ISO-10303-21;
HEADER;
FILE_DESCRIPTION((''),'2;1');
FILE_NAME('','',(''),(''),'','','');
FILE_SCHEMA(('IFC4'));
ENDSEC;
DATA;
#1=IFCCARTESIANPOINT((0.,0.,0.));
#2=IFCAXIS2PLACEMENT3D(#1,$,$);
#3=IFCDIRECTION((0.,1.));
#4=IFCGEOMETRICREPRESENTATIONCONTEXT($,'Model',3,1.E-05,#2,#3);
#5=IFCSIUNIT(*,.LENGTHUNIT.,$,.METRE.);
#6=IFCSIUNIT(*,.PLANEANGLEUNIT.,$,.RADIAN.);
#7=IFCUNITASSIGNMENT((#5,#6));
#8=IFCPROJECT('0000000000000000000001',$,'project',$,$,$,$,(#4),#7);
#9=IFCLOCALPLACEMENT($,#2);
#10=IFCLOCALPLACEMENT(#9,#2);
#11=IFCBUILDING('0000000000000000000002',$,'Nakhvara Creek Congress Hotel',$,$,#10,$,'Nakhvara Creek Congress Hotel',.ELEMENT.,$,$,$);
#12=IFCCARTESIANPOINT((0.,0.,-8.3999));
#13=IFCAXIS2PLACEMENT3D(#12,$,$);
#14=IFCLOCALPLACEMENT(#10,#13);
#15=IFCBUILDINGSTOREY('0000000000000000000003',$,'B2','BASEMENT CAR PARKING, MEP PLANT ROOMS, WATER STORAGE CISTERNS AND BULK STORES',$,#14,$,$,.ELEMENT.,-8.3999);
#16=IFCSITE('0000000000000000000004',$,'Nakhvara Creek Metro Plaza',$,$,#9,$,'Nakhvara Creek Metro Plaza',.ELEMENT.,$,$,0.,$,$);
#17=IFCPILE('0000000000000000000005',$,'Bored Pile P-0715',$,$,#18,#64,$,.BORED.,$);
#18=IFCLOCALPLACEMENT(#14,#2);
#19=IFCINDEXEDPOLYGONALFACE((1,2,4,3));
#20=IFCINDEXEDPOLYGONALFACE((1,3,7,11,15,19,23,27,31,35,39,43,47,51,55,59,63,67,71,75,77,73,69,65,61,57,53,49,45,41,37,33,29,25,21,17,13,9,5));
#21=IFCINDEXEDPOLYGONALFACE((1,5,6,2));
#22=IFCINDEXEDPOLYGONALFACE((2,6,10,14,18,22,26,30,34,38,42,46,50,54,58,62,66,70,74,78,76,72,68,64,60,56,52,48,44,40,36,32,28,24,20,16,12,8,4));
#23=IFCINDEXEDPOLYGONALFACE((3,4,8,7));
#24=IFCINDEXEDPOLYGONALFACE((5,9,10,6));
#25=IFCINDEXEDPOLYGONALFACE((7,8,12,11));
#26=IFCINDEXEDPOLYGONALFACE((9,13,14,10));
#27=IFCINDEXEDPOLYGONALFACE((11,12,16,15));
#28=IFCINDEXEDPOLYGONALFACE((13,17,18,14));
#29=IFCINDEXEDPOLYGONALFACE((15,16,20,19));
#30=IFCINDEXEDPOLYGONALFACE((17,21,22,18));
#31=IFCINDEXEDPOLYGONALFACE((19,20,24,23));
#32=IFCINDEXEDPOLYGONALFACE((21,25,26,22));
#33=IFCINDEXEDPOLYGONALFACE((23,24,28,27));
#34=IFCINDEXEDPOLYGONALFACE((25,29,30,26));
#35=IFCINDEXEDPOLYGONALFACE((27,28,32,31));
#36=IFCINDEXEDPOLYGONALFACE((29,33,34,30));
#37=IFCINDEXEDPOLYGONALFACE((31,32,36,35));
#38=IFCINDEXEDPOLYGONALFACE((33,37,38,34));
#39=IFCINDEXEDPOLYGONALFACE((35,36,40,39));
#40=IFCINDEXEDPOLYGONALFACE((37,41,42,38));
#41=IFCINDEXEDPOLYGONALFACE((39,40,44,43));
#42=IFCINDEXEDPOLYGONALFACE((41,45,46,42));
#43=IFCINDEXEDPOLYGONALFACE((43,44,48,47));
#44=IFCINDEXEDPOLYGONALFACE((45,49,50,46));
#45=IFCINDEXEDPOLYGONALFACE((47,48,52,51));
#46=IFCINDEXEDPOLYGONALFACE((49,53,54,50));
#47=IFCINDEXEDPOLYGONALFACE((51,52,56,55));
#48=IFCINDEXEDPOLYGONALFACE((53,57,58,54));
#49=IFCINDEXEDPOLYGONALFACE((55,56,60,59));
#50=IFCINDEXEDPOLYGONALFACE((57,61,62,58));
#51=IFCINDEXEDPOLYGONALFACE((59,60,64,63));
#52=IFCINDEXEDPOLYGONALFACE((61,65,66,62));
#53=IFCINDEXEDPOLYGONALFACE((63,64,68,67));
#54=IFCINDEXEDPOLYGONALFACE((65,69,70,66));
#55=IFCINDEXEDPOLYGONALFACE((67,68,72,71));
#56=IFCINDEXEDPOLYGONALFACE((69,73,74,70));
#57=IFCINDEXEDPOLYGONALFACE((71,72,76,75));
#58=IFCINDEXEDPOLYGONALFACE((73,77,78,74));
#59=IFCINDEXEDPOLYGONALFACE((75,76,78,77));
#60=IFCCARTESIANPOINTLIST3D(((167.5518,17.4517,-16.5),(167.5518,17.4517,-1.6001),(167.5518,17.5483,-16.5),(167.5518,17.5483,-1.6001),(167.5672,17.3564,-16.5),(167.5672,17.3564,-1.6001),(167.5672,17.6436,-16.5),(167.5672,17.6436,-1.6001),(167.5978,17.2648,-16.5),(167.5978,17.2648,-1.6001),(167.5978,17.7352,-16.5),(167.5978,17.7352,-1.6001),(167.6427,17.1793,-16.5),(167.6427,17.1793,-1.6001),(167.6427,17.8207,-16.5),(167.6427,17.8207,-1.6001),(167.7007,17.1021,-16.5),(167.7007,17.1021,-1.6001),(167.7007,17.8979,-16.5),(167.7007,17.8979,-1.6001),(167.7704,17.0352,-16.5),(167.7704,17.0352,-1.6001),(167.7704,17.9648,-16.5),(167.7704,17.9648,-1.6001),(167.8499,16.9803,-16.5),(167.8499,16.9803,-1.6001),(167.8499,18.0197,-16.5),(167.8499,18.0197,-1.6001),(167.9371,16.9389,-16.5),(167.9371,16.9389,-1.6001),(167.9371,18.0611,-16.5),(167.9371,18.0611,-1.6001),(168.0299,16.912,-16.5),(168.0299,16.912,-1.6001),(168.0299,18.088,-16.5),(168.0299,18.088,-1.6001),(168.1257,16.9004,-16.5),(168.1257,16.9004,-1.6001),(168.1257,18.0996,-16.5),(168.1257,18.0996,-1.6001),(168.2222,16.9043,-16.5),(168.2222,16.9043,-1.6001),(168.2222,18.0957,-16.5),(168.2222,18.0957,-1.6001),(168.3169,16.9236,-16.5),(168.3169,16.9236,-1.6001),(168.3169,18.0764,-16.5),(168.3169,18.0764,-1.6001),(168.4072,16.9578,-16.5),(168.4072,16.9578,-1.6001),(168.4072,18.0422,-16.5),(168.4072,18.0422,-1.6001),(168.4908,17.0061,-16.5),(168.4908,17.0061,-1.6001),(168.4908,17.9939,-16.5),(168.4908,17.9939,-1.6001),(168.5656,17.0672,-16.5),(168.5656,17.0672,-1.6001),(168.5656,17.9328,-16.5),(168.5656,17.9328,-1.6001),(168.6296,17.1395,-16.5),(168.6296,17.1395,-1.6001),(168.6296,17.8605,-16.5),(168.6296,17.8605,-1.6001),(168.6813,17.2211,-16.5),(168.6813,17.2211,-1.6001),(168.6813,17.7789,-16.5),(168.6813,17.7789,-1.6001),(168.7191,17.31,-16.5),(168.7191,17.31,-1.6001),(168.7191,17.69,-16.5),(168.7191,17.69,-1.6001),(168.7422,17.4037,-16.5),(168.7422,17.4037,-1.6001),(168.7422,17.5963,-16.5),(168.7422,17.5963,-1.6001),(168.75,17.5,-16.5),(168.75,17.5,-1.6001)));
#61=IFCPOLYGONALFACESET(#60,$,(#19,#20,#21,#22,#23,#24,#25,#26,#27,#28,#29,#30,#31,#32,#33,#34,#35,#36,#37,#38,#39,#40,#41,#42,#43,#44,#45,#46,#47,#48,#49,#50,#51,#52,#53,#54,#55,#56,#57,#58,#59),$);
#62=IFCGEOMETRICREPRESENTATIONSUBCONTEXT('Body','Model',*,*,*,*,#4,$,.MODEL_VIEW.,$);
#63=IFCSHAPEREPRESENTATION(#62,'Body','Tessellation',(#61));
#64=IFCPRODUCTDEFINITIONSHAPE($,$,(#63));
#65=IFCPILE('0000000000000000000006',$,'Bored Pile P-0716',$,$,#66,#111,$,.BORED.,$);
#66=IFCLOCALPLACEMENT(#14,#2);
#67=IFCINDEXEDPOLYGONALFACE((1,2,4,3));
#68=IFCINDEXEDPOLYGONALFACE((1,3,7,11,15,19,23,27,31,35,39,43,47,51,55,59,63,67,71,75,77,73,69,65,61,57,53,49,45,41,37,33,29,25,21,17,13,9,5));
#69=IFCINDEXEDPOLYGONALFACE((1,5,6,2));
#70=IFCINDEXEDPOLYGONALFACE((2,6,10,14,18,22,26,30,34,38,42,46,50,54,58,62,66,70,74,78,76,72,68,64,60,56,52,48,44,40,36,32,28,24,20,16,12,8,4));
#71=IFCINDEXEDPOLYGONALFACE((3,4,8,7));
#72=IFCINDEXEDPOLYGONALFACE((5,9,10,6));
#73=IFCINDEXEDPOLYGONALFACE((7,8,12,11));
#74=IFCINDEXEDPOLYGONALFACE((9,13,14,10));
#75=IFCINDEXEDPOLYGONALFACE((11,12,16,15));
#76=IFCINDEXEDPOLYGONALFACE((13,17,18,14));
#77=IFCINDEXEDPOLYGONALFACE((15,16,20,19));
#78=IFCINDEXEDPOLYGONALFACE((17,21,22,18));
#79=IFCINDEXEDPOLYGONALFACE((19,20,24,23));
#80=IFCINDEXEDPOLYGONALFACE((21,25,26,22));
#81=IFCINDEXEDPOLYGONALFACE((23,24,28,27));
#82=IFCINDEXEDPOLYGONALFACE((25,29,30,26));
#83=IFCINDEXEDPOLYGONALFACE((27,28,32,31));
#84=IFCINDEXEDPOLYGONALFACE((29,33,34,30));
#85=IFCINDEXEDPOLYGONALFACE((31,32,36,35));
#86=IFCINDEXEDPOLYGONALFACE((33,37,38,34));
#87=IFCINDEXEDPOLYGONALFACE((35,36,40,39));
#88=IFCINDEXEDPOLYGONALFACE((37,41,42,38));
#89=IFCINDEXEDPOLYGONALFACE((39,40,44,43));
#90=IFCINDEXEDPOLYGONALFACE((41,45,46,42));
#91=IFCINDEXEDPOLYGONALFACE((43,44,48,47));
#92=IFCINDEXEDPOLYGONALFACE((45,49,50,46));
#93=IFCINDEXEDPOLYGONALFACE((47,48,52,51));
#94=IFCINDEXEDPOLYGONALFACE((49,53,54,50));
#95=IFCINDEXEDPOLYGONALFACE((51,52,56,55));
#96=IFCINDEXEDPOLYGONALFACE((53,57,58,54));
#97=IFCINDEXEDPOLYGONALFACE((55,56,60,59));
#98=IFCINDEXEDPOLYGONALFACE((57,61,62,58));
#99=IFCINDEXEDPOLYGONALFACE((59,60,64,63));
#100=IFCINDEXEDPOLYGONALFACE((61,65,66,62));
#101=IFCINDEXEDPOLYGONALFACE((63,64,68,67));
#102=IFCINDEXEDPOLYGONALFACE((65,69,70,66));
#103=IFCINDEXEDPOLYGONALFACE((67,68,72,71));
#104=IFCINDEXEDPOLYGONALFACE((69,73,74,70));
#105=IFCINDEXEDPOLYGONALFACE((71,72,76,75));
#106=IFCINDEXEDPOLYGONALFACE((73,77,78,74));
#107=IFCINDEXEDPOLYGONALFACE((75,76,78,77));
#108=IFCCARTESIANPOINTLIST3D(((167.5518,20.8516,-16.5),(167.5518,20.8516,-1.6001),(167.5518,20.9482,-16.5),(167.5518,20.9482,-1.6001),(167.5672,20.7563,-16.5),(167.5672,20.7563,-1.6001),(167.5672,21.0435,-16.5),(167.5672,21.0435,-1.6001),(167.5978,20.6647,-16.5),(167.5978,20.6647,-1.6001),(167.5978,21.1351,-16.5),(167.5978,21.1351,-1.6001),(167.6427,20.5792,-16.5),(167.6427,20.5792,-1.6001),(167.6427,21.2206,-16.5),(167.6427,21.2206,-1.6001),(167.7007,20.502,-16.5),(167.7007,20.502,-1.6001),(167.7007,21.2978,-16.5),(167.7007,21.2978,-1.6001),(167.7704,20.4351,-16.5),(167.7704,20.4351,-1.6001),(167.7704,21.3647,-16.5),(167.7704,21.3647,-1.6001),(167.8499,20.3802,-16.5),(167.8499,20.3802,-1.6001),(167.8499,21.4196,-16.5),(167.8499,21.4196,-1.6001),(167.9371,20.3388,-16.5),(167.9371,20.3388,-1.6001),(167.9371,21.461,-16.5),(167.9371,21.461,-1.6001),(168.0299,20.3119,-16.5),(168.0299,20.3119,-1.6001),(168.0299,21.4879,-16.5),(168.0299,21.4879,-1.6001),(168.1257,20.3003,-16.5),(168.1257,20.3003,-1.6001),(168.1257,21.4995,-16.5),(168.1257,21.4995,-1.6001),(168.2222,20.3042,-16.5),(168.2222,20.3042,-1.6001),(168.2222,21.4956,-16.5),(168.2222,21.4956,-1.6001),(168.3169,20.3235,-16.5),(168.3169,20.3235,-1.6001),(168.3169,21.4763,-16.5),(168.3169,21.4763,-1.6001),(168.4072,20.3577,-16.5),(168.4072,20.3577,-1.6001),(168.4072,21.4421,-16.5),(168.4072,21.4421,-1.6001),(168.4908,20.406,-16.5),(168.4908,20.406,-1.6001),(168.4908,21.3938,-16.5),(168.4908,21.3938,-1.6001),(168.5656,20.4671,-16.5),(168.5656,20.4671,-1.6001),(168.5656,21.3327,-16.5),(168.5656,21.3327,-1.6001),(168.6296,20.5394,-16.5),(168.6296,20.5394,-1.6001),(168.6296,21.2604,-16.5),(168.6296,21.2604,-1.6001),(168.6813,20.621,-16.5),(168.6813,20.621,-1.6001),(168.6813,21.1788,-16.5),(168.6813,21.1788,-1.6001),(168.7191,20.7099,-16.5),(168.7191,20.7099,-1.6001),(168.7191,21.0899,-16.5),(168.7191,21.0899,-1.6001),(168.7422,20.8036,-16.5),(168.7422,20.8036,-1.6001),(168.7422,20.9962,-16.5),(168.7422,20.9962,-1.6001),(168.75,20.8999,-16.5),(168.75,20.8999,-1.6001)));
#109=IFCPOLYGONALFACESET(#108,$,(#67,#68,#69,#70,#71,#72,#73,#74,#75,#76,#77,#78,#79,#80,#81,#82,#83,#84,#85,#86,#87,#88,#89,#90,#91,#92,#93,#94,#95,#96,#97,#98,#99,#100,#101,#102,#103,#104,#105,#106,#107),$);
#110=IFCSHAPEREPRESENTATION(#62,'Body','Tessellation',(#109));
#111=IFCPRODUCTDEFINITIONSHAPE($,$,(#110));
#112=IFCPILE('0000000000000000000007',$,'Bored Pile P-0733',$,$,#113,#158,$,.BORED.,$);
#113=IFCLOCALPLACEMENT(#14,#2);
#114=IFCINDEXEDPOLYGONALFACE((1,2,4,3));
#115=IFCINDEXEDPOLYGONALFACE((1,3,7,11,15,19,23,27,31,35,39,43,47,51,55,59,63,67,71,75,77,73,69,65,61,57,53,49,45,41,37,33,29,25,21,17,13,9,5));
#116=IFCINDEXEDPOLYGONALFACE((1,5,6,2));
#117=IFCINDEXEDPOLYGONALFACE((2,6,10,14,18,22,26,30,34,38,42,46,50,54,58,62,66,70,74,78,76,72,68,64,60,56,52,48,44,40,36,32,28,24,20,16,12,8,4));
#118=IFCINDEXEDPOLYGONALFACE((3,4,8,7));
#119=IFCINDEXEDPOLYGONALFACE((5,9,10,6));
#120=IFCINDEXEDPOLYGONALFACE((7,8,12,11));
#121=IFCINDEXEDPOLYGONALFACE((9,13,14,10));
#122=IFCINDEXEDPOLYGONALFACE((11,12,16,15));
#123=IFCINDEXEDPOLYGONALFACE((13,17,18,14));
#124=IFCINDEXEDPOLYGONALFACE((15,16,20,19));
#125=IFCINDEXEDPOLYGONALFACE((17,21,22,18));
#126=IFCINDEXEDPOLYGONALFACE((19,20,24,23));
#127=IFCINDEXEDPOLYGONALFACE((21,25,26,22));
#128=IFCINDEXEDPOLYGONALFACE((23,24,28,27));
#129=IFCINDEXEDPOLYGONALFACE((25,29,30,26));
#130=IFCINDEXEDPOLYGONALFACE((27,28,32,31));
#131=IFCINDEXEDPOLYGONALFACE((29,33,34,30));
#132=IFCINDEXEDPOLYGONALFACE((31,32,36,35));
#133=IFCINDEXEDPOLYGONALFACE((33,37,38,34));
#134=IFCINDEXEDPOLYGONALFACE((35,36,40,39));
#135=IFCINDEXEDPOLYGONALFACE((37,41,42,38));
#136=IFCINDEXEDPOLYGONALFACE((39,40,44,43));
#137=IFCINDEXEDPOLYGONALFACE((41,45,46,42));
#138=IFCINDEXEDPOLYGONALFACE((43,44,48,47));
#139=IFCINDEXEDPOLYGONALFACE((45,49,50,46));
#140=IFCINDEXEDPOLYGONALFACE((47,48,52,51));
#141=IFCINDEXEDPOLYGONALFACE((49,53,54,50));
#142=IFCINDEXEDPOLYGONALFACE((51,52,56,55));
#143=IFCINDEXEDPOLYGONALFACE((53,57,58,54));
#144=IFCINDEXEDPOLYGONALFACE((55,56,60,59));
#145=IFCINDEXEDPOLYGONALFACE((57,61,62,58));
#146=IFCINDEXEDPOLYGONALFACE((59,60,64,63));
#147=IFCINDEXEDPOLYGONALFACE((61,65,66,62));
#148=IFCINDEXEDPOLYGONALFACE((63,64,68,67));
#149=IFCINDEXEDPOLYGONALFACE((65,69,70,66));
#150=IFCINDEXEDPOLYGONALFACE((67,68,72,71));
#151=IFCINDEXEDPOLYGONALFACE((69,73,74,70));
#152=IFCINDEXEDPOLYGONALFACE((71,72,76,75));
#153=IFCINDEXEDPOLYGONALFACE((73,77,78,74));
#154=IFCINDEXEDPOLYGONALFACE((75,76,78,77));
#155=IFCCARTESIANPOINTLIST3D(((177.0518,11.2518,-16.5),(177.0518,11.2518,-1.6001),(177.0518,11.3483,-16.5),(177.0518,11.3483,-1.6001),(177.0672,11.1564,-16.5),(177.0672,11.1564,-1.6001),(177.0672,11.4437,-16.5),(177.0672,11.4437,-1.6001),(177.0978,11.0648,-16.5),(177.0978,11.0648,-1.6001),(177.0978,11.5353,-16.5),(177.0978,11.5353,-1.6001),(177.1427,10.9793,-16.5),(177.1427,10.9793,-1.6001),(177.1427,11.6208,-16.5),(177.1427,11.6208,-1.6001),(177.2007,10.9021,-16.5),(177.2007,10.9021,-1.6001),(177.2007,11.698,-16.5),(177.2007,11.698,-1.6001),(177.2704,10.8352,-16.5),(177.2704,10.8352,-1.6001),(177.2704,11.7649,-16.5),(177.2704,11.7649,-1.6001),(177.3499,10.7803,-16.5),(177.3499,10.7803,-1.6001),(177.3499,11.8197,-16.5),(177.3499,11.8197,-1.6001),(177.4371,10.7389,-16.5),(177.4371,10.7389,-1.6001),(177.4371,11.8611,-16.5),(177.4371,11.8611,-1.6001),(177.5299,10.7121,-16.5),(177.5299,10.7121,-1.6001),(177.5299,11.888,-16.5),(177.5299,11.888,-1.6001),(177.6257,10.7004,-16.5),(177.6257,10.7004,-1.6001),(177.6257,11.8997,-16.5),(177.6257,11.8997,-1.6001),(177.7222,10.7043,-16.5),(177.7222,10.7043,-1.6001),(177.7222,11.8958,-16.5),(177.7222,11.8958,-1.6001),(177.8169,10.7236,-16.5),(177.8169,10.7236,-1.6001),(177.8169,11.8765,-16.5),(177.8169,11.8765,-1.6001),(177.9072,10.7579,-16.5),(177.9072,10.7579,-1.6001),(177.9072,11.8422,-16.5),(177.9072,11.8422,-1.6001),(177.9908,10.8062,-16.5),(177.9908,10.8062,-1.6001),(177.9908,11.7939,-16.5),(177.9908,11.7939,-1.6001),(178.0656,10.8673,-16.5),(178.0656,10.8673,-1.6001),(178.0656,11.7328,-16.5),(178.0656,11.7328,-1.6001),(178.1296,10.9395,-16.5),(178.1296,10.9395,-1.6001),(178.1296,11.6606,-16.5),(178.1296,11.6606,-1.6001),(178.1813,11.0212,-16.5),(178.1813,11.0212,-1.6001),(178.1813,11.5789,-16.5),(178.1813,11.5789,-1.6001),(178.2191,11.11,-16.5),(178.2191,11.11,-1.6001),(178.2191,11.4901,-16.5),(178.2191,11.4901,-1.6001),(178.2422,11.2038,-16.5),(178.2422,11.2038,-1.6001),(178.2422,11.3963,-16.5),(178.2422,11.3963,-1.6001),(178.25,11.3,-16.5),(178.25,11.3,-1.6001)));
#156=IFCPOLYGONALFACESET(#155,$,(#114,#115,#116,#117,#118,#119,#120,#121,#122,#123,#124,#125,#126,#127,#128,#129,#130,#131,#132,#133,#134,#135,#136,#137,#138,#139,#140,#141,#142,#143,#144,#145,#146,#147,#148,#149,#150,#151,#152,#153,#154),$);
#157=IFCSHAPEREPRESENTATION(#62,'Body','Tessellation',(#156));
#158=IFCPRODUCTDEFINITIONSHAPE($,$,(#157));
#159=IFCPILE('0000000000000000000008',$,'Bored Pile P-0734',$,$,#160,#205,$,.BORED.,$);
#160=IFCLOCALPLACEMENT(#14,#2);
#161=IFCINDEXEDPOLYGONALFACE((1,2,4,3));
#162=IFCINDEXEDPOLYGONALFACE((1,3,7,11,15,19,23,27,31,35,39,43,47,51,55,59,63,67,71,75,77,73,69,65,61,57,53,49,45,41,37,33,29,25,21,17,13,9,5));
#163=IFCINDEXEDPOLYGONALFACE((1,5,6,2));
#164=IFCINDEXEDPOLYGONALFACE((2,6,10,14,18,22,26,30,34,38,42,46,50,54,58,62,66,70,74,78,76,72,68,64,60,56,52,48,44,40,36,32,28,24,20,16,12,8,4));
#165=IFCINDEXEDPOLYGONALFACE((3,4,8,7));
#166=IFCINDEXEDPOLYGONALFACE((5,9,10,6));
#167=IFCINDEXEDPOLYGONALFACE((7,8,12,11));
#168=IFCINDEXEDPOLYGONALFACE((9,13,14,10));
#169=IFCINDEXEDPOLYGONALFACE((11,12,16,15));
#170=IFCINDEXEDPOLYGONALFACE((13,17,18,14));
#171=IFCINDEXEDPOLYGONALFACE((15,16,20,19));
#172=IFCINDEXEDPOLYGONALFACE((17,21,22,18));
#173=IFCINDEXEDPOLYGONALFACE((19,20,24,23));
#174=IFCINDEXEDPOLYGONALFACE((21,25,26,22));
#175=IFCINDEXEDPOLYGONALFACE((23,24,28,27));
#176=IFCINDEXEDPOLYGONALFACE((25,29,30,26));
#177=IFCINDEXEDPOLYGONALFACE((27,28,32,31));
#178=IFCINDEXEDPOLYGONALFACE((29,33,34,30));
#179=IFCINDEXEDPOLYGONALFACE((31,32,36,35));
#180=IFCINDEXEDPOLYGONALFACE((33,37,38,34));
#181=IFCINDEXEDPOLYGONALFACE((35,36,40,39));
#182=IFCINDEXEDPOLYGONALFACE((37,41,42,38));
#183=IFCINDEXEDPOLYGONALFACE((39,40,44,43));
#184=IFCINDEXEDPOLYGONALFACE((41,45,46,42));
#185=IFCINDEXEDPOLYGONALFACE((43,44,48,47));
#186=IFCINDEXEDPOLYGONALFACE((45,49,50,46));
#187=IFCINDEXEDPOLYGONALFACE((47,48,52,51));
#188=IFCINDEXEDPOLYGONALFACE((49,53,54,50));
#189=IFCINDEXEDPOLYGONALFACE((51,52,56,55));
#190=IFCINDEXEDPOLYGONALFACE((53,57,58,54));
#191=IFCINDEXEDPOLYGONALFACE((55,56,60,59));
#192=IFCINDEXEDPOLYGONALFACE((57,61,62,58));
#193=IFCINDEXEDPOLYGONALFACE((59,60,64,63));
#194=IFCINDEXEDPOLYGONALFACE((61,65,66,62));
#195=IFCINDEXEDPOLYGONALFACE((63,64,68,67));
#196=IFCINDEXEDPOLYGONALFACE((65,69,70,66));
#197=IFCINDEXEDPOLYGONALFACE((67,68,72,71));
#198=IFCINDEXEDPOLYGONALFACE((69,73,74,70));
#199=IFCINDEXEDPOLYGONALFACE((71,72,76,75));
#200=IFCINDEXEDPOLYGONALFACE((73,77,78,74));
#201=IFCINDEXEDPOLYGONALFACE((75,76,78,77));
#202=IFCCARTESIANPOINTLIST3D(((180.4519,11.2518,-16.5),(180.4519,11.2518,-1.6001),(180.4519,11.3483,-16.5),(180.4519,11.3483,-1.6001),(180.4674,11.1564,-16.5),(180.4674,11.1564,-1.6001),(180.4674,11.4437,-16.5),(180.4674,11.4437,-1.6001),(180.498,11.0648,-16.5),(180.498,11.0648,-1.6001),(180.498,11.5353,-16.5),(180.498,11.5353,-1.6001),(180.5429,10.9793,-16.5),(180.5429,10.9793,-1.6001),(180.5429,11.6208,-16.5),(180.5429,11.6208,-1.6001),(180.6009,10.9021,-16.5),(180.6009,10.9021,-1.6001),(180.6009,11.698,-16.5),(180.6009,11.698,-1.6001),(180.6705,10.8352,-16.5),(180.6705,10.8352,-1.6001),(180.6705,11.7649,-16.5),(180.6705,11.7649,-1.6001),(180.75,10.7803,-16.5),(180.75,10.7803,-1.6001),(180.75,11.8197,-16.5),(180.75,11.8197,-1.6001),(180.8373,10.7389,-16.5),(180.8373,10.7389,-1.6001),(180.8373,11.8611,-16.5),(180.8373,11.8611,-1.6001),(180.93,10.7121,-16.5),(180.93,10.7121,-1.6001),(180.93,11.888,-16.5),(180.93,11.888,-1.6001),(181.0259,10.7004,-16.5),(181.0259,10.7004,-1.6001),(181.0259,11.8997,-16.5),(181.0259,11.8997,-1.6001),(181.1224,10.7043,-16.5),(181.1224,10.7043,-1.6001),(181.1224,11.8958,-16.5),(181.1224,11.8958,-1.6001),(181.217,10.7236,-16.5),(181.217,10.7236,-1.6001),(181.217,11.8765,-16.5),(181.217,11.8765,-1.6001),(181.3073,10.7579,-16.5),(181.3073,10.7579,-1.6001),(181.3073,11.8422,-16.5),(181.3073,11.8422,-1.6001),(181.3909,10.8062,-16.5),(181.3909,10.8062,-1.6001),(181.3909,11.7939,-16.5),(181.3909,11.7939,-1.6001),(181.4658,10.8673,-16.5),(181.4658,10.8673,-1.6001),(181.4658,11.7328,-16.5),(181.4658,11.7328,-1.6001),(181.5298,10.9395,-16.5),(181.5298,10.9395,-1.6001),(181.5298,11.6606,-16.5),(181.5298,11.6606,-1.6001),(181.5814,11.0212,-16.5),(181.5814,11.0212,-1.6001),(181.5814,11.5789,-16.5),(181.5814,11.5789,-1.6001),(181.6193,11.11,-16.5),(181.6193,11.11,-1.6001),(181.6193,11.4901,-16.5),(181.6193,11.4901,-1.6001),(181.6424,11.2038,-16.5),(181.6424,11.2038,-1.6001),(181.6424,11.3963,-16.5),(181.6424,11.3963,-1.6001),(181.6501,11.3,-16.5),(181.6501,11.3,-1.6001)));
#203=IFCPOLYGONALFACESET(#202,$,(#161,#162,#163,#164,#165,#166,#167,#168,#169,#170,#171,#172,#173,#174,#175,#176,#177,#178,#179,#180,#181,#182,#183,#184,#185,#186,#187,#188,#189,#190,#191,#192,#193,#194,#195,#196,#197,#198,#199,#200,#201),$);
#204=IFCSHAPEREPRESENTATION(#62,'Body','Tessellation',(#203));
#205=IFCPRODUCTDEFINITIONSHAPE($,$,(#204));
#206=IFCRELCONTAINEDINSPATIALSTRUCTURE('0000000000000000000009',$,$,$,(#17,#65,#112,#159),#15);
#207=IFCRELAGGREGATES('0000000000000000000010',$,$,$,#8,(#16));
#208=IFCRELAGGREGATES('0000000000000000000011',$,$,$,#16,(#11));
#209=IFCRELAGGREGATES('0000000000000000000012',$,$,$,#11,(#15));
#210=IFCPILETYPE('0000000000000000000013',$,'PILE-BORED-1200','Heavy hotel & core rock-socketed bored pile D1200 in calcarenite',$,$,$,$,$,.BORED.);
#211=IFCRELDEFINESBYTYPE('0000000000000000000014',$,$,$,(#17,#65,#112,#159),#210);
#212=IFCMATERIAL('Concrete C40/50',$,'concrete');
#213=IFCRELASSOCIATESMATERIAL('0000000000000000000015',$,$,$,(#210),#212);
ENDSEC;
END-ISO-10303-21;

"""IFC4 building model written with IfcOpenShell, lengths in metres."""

from ifc_helpers import new_model, si_unit, direction, frame, origin, origin_2d, place, context, subcontext, project, spatial, circle, extrude, material, material_profile, profile_set, type_object, element, save


model = new_model("IFC4")

# Units and contexts
model_context = context("Model", 3, precision=1e-05, world=origin(), true_north=direction((0.0, 1.0)))
body_context = subcontext(model_context, "Body", "Model", "MODEL_VIEW")
ifc_project = project(units=[si_unit("LENGTHUNIT", "METRE"), si_unit("PLANEANGLEUNIT", "RADIAN")], contexts=[model_context])

# Site, building, storey
site_placement = place(None, origin())
site = spatial("IfcSite", under=ifc_project, at=site_placement, Name="Nakhvara Creek Metro Plaza", LongName="Nakhvara Creek Metro Plaza", CompositionType="ELEMENT", RefElevation=0.0)
building_placement = place(site_placement, origin())
building = spatial("IfcBuilding", under=site, at=building_placement, Name="Nakhvara Creek Congress Hotel", LongName="Nakhvara Creek Congress Hotel", CompositionType="ELEMENT")
storey_placement = place(building_placement, frame((0.0, 0.0, -8.3999)))
storey = spatial("IfcBuildingStorey", under=building, at=storey_placement, Name="B2", Description="BASEMENT CAR PARKING, MEP PLANT ROOMS, WATER STORAGE CISTERNS AND BULK STORES", CompositionType="ELEMENT", Elevation=-8.3999)

# Shared definitions
ifc_material_1 = material(Name="Concrete C40/50", Category="concrete")

# Piles
ifc_material_profile_1 = material_profile(ifc_material_1, circle(Radius=0.6001, at=origin_2d()), Name="BORED PILE D1200", Category="LoadBearing")
ifc_profile_set_1 = profile_set([ifc_material_profile_1], Name="Concrete C40/50")
pile_type = type_object("IfcPileType", Name="PILE-BORED-1200", Description="Heavy hotel & core rock-socketed bored pile D1200 in calcarenite", PredefinedType="BORED", material=ifc_profile_set_1)
for number, where, z_axis, x_axis, name in (
    (1, (168.1499, 17.5, -1.6001), (0.0, 0.0, -1.0), (1.0, 0.0, 0.0), "Bored Pile P-0715"),
    (2, (168.1499, 20.8999, -1.6001), (0.0, 0.0, -1.0), (1.0, 0.0, 0.0), "Bored Pile P-0716"),
    (3, (177.6499, 11.3, -1.6001), (0.0, 0.0, -1.0), (1.0, 0.0, 0.0), "Bored Pile P-0733"),
    (4, (181.05, 11.3, -1.6001), (0.0, 0.0, -1.0), (1.0, 0.0, 0.0), "Bored Pile P-0734"),
):
    element("IfcPile", number, at=place(storey_placement, frame(where, z_axis=z_axis, x_axis=x_axis)), inside=storey, type_object=pile_type, Name=name, PredefinedType="BORED", context=body_context, shape_type="SweptSolid", body=[
        extrude(circle(Radius=0.6001, at=origin_2d()), origin(), (0.0, 0.0, 1.0), 14.8999),
    ])

save(model, "model.ifc")
